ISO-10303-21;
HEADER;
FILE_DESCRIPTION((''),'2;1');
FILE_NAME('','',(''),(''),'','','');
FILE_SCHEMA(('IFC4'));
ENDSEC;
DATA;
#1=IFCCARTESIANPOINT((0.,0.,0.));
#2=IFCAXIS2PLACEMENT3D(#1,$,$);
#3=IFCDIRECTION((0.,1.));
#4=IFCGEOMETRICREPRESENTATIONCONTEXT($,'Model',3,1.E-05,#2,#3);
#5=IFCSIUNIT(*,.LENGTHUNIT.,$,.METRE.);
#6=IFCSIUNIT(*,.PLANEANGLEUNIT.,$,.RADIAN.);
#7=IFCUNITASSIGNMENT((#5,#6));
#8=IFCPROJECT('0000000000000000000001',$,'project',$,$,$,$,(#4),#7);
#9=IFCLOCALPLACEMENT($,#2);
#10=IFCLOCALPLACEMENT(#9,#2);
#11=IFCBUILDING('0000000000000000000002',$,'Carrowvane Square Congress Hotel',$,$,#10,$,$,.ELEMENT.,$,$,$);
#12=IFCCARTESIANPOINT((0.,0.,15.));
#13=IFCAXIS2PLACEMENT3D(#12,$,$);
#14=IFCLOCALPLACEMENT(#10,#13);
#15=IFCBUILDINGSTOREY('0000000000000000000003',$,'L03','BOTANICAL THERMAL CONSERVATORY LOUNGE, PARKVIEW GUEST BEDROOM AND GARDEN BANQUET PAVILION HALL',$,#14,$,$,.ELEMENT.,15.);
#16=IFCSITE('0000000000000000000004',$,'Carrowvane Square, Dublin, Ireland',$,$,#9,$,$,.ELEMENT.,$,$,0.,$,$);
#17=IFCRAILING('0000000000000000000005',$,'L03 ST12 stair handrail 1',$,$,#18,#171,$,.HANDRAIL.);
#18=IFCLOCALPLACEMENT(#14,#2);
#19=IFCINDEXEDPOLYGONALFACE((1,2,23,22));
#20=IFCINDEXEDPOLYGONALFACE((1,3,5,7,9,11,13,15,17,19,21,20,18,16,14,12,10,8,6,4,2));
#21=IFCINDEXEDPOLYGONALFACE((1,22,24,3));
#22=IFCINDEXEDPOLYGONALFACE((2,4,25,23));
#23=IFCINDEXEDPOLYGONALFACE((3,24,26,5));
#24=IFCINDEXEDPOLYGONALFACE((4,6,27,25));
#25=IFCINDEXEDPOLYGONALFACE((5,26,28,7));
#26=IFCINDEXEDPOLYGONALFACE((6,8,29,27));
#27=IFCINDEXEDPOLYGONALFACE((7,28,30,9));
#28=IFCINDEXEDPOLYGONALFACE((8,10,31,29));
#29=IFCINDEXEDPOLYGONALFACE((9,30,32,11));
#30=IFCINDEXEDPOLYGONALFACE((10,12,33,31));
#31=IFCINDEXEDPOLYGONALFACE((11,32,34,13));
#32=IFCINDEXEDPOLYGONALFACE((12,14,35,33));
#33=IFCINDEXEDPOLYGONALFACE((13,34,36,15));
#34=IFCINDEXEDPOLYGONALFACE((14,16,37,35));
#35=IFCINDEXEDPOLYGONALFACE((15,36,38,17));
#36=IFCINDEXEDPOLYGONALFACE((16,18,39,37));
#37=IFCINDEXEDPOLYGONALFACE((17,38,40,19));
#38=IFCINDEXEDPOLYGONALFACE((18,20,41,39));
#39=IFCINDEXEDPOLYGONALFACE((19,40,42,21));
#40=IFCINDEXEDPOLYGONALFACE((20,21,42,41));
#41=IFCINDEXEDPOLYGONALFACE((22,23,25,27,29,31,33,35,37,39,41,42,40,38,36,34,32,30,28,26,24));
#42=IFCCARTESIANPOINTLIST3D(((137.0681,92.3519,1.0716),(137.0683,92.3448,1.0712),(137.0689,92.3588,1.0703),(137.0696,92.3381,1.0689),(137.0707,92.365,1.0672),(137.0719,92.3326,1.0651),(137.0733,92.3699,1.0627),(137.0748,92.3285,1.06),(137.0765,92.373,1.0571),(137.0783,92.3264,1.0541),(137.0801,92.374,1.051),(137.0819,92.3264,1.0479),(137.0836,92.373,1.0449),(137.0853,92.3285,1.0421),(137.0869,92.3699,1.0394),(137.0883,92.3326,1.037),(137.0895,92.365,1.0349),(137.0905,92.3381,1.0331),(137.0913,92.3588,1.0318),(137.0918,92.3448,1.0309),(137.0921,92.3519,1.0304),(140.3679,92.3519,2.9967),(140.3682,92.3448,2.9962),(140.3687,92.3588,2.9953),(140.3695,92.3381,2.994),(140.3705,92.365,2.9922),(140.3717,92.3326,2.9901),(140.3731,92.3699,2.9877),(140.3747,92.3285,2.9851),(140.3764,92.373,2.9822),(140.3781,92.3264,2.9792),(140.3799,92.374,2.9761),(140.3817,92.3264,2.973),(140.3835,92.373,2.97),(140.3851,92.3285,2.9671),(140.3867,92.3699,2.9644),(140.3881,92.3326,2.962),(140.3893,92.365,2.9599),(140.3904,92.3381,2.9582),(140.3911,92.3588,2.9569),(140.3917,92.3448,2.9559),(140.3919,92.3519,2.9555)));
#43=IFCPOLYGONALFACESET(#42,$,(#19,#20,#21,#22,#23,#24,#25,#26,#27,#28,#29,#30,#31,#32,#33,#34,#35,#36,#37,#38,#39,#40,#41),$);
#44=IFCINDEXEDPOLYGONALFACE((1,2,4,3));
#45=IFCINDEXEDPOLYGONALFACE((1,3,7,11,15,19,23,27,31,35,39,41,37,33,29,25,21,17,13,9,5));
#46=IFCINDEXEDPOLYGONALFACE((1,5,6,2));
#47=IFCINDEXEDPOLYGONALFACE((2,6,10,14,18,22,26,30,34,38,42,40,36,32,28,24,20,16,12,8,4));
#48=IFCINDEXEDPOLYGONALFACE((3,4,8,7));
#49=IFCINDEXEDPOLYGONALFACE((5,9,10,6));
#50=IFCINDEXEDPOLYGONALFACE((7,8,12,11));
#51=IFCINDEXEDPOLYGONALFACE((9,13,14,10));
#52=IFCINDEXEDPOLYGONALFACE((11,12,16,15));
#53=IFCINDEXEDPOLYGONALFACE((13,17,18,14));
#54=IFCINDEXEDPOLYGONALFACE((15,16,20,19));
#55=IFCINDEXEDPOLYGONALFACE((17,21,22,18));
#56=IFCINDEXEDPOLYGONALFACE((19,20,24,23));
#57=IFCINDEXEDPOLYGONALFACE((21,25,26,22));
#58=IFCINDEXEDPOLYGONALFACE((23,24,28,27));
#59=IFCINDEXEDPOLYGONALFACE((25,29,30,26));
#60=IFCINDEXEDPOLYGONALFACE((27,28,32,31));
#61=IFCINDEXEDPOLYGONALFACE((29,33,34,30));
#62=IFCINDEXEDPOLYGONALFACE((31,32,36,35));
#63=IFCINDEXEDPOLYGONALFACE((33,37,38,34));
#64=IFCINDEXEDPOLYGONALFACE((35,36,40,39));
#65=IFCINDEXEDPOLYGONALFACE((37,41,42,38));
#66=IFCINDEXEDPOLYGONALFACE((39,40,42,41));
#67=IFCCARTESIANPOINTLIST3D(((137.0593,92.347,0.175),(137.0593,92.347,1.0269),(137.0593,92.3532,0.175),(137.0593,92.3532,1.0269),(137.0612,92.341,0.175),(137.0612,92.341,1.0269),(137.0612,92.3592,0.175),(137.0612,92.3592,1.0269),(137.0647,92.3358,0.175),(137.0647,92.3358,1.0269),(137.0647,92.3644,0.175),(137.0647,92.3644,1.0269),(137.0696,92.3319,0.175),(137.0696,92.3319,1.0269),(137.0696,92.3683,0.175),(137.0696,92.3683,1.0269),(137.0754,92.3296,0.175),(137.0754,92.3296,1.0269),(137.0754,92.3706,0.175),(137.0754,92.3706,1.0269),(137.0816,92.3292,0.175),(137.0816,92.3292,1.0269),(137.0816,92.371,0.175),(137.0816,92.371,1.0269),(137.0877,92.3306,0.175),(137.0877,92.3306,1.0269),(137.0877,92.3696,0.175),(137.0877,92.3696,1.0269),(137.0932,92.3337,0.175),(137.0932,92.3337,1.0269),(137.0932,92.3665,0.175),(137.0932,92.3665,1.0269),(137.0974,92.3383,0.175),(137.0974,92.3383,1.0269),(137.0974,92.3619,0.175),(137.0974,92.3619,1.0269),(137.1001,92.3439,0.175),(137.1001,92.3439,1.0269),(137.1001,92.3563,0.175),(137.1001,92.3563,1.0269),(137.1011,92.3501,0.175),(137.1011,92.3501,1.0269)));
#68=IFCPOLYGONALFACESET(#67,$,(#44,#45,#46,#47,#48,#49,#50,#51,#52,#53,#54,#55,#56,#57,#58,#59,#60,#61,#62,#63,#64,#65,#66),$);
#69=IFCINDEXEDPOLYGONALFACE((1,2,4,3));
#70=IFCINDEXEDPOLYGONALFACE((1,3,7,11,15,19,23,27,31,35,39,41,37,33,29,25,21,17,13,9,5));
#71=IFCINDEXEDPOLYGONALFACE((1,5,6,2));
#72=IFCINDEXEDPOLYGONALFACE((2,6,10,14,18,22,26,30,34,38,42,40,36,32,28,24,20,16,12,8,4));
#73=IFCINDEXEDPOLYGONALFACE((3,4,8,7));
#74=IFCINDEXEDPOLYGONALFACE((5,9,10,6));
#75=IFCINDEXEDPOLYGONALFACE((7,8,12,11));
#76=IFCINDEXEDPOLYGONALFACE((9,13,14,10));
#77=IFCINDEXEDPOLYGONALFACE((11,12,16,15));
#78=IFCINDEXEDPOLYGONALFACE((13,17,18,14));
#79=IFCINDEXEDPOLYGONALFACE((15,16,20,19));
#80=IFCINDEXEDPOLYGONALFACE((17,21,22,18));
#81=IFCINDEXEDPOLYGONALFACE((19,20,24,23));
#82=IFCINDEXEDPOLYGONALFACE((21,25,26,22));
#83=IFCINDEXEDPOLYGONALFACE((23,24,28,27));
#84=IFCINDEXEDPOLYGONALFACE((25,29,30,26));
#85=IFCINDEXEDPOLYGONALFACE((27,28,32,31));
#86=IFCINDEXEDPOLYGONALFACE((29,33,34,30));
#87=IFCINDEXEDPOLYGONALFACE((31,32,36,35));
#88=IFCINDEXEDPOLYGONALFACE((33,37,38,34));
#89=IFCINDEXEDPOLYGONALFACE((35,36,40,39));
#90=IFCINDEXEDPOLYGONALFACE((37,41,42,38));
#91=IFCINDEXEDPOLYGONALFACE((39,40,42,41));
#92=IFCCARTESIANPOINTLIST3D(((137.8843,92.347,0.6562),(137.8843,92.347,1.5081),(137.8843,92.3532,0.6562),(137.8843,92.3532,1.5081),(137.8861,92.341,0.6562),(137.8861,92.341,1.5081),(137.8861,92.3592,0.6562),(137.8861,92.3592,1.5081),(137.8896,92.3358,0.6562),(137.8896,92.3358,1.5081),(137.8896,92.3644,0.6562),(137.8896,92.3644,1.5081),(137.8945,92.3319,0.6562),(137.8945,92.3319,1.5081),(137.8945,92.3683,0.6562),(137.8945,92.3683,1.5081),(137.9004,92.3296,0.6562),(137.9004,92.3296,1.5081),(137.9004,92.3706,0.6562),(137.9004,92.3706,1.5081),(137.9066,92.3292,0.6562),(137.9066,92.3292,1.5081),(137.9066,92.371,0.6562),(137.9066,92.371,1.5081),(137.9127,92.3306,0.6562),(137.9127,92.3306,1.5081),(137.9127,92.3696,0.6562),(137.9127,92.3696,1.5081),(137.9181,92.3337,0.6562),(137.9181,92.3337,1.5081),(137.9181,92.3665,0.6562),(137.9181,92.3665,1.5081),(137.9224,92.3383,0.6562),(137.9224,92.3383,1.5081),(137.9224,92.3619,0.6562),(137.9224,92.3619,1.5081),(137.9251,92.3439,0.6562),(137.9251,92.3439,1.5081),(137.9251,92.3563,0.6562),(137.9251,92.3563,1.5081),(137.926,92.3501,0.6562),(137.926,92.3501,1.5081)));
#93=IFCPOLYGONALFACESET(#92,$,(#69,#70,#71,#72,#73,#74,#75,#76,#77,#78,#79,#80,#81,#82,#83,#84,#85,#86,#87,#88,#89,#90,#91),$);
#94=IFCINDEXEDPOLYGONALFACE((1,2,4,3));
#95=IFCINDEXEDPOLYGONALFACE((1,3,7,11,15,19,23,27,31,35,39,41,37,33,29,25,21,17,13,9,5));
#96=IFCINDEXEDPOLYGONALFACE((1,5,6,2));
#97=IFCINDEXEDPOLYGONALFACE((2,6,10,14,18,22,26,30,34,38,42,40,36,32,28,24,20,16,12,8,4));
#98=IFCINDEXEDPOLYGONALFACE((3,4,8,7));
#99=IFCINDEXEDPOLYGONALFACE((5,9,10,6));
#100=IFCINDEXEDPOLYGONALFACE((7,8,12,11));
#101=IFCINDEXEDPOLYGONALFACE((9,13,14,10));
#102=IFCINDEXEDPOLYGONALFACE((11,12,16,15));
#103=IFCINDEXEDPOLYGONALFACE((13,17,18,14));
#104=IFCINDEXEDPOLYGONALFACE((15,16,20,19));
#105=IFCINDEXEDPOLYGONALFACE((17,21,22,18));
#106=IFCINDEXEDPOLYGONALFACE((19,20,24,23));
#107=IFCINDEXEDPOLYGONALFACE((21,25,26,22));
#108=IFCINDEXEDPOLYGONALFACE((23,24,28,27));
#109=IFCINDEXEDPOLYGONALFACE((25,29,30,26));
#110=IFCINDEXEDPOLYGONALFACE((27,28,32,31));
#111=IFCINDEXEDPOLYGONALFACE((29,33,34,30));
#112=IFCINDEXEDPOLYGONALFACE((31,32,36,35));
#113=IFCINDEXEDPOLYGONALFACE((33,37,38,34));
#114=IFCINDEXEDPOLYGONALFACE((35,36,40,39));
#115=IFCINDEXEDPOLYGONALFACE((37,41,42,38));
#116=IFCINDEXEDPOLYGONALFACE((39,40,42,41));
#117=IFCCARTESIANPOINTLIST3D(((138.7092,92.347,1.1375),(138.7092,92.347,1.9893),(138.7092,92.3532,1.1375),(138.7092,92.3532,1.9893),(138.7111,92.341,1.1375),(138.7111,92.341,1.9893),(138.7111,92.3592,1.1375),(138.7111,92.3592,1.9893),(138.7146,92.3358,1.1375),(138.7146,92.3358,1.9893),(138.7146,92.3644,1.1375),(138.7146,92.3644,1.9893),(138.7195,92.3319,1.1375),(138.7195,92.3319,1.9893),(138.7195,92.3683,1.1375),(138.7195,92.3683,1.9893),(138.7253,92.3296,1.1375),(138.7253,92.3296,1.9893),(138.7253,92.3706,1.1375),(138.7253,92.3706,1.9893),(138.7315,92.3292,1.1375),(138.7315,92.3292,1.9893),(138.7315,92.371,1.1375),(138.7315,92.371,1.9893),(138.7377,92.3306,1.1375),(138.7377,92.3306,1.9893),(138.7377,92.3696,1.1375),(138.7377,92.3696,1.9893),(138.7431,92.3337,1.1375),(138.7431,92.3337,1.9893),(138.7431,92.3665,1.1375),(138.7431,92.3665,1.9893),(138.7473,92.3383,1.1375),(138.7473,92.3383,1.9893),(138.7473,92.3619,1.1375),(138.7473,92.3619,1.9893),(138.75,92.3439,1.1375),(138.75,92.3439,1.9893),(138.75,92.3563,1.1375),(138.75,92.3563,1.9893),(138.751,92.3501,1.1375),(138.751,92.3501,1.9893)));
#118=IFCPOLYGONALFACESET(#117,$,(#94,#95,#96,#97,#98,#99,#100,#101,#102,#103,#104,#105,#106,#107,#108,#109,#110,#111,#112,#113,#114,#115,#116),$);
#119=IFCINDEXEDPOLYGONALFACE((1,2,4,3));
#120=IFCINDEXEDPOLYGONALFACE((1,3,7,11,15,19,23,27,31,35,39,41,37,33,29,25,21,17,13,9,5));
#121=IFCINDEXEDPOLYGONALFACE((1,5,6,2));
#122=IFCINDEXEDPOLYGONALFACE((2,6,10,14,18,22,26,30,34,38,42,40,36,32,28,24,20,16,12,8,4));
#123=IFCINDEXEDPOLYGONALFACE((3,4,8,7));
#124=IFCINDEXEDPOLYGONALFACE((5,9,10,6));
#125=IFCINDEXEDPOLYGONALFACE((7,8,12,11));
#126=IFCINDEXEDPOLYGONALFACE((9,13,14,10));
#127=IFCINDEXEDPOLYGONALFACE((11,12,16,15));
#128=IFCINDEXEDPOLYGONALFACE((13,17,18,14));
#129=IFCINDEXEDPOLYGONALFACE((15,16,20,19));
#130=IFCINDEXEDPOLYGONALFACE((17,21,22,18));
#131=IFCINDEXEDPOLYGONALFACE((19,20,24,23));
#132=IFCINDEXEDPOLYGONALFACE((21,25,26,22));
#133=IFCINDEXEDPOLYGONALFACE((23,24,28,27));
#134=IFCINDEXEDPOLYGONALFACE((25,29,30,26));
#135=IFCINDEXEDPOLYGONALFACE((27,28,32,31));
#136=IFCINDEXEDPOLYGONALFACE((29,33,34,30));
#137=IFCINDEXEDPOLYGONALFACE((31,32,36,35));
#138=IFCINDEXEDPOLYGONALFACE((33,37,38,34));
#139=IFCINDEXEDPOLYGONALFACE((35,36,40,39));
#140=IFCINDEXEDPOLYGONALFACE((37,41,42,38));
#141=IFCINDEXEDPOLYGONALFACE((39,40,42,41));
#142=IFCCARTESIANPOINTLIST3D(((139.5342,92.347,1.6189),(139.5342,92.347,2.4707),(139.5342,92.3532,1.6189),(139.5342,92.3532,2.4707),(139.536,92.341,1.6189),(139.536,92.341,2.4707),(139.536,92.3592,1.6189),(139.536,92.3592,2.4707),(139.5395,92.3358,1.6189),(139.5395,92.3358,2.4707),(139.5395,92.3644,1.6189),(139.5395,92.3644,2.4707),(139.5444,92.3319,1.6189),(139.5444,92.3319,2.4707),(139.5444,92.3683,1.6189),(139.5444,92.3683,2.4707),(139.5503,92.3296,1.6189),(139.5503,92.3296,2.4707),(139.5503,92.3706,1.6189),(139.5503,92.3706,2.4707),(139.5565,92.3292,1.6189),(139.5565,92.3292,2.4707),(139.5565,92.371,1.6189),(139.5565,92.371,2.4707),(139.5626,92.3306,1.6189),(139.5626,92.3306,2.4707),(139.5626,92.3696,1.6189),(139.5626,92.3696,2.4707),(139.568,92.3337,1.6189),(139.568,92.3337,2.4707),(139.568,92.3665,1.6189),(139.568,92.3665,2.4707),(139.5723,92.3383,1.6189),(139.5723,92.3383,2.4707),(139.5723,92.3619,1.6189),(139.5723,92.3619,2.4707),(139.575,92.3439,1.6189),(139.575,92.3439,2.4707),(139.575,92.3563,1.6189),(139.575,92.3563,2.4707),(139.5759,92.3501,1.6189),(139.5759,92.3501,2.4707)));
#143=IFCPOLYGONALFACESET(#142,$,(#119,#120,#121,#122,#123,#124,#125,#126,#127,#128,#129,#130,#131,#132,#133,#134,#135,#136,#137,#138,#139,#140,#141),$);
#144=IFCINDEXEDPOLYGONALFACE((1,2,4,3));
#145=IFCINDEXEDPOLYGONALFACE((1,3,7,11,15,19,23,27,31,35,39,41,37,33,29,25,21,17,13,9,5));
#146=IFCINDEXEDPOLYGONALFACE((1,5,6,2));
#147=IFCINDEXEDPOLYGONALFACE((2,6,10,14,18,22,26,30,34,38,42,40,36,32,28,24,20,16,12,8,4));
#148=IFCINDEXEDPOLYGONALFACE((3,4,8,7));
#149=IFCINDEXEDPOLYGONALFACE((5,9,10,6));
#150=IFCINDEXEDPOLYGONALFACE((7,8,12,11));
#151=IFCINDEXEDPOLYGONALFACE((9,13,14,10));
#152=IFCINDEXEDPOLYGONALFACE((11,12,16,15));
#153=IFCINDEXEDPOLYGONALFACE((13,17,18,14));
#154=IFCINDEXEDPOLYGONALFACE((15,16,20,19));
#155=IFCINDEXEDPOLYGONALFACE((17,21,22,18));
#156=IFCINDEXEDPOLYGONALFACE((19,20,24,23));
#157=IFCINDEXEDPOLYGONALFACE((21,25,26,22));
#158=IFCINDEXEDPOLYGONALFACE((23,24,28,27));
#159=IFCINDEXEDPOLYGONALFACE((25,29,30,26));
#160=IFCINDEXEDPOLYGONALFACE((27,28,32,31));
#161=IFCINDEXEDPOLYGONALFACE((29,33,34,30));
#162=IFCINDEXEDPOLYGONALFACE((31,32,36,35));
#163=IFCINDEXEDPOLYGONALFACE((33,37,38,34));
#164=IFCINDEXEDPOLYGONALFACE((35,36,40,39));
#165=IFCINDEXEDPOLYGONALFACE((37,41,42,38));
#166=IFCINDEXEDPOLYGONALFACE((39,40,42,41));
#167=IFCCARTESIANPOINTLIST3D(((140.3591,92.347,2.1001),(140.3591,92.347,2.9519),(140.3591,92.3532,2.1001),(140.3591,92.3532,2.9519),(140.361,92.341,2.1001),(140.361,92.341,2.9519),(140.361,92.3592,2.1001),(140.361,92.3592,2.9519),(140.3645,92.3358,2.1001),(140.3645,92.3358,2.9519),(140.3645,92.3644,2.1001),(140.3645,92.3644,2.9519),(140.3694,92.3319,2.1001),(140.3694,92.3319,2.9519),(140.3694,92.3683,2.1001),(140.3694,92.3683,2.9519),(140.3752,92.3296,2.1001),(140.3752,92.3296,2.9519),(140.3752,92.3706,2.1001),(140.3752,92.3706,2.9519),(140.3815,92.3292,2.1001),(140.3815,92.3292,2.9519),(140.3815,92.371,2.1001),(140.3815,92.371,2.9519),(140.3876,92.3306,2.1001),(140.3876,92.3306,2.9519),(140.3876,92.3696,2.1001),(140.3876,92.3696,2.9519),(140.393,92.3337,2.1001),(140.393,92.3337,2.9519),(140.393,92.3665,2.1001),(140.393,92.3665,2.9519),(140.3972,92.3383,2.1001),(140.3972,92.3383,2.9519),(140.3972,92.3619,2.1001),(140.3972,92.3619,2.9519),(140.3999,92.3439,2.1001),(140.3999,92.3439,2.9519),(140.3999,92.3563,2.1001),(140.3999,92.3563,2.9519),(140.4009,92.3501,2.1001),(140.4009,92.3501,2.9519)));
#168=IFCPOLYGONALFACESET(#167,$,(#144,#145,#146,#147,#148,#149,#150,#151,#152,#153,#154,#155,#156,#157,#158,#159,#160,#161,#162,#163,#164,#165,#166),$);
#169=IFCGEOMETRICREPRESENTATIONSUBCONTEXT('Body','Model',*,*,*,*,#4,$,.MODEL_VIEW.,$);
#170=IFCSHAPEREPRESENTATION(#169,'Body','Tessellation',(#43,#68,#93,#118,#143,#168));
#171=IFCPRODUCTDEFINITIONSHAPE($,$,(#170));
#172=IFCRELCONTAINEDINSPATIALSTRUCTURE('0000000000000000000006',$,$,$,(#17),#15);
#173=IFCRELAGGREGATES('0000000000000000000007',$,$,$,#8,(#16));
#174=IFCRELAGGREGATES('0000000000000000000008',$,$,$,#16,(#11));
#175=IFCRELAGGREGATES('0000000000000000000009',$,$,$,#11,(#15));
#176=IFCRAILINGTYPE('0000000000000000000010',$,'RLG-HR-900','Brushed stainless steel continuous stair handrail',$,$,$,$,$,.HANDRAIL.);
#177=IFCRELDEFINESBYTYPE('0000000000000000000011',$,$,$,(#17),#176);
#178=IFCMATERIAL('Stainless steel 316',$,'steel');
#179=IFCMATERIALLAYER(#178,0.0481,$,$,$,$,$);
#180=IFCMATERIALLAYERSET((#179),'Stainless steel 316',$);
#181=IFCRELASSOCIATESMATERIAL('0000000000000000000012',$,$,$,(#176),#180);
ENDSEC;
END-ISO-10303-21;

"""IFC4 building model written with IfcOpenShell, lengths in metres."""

from ifc_helpers import new_model, si_unit, direction, frame, origin, origin_2d, place, context, subcontext, project, spatial, circle, extrude, material, layer, layer_set, type_object, element, save


model = new_model("IFC4")

# Units and contexts
model_context = context("Model", 3, precision=1e-05, world=origin(), true_north=direction((0.0, 1.0)))
body_context = subcontext(model_context, "Body", "Model", "MODEL_VIEW")
ifc_project = project(units=[si_unit("LENGTHUNIT", "METRE"), si_unit("PLANEANGLEUNIT", "RADIAN")], contexts=[model_context])

# Site, building, storey
site_placement = place(None, origin())
site = spatial("IfcSite", under=ifc_project, at=site_placement, Name="Carrowvane Square, Dublin, Ireland", CompositionType="ELEMENT", RefElevation=0.0)
building_placement = place(site_placement, origin())
building = spatial("IfcBuilding", under=site, at=building_placement, Name="Carrowvane Square Congress Hotel", CompositionType="ELEMENT")
storey_placement = place(building_placement, frame((0.0, 0.0, 15.0)))
storey = spatial("IfcBuildingStorey", under=building, at=storey_placement, Name="L03", Description="BOTANICAL THERMAL CONSERVATORY LOUNGE, PARKVIEW GUEST BEDROOM AND GARDEN BANQUET PAVILION HALL", CompositionType="ELEMENT", Elevation=15.0)

# Railing
ifc_material_1 = material(Name="Stainless steel 316", Category="steel")
ifc_layer_1 = layer(ifc_material_1, 0.0481)
ifc_layer_set_1 = layer_set([ifc_layer_1], Name="Stainless steel 316")
railing_type_1 = type_object("IfcRailingType", Name="RLG-HR-900", Description="Brushed stainless steel continuous stair handrail", PredefinedType="HANDRAIL", material=ifc_layer_set_1)
railing_1_placement = place(storey_placement, frame((137.0801, 92.3501, 0.175)))
element("IfcRailing", 1, at=railing_1_placement, inside=storey, type_object=railing_type_1, Name="L03 ST12 stair handrail 1", PredefinedType="HANDRAIL", context=body_context, shape_type="SweptSolid", body=[
    extrude(circle(Radius=0.0239, at=origin_2d()), frame((0.0, 0.0, 0.876), z_axis=(0.86376, 0.0, 0.503903), x_axis=(0.0, 1.0, 0.0)), (0.0, 0.0, 1.0), 3.8203),
    extrude(circle(Radius=0.021, at=origin_2d()), origin(), (0.0, 0.0, 1.0), 0.8518),
    extrude(circle(Radius=0.021, at=origin_2d()), frame((0.825, 0.0, 0.4812)), (0.0, 0.0, 1.0), 0.8518),
    extrude(circle(Radius=0.021, at=origin_2d()), frame((1.6499, 0.0, 0.9624)), (0.0, 0.0, 1.0), 0.8518),
    extrude(circle(Radius=0.021, at=origin_2d()), frame((2.4749, 0.0, 1.4438)), (0.0, 0.0, 1.0), 0.8518),
    extrude(circle(Radius=0.021, at=origin_2d()), frame((3.2998, 0.0, 1.925)), (0.0, 0.0, 1.0), 0.8518),
])

save(model, "model.ifc")
